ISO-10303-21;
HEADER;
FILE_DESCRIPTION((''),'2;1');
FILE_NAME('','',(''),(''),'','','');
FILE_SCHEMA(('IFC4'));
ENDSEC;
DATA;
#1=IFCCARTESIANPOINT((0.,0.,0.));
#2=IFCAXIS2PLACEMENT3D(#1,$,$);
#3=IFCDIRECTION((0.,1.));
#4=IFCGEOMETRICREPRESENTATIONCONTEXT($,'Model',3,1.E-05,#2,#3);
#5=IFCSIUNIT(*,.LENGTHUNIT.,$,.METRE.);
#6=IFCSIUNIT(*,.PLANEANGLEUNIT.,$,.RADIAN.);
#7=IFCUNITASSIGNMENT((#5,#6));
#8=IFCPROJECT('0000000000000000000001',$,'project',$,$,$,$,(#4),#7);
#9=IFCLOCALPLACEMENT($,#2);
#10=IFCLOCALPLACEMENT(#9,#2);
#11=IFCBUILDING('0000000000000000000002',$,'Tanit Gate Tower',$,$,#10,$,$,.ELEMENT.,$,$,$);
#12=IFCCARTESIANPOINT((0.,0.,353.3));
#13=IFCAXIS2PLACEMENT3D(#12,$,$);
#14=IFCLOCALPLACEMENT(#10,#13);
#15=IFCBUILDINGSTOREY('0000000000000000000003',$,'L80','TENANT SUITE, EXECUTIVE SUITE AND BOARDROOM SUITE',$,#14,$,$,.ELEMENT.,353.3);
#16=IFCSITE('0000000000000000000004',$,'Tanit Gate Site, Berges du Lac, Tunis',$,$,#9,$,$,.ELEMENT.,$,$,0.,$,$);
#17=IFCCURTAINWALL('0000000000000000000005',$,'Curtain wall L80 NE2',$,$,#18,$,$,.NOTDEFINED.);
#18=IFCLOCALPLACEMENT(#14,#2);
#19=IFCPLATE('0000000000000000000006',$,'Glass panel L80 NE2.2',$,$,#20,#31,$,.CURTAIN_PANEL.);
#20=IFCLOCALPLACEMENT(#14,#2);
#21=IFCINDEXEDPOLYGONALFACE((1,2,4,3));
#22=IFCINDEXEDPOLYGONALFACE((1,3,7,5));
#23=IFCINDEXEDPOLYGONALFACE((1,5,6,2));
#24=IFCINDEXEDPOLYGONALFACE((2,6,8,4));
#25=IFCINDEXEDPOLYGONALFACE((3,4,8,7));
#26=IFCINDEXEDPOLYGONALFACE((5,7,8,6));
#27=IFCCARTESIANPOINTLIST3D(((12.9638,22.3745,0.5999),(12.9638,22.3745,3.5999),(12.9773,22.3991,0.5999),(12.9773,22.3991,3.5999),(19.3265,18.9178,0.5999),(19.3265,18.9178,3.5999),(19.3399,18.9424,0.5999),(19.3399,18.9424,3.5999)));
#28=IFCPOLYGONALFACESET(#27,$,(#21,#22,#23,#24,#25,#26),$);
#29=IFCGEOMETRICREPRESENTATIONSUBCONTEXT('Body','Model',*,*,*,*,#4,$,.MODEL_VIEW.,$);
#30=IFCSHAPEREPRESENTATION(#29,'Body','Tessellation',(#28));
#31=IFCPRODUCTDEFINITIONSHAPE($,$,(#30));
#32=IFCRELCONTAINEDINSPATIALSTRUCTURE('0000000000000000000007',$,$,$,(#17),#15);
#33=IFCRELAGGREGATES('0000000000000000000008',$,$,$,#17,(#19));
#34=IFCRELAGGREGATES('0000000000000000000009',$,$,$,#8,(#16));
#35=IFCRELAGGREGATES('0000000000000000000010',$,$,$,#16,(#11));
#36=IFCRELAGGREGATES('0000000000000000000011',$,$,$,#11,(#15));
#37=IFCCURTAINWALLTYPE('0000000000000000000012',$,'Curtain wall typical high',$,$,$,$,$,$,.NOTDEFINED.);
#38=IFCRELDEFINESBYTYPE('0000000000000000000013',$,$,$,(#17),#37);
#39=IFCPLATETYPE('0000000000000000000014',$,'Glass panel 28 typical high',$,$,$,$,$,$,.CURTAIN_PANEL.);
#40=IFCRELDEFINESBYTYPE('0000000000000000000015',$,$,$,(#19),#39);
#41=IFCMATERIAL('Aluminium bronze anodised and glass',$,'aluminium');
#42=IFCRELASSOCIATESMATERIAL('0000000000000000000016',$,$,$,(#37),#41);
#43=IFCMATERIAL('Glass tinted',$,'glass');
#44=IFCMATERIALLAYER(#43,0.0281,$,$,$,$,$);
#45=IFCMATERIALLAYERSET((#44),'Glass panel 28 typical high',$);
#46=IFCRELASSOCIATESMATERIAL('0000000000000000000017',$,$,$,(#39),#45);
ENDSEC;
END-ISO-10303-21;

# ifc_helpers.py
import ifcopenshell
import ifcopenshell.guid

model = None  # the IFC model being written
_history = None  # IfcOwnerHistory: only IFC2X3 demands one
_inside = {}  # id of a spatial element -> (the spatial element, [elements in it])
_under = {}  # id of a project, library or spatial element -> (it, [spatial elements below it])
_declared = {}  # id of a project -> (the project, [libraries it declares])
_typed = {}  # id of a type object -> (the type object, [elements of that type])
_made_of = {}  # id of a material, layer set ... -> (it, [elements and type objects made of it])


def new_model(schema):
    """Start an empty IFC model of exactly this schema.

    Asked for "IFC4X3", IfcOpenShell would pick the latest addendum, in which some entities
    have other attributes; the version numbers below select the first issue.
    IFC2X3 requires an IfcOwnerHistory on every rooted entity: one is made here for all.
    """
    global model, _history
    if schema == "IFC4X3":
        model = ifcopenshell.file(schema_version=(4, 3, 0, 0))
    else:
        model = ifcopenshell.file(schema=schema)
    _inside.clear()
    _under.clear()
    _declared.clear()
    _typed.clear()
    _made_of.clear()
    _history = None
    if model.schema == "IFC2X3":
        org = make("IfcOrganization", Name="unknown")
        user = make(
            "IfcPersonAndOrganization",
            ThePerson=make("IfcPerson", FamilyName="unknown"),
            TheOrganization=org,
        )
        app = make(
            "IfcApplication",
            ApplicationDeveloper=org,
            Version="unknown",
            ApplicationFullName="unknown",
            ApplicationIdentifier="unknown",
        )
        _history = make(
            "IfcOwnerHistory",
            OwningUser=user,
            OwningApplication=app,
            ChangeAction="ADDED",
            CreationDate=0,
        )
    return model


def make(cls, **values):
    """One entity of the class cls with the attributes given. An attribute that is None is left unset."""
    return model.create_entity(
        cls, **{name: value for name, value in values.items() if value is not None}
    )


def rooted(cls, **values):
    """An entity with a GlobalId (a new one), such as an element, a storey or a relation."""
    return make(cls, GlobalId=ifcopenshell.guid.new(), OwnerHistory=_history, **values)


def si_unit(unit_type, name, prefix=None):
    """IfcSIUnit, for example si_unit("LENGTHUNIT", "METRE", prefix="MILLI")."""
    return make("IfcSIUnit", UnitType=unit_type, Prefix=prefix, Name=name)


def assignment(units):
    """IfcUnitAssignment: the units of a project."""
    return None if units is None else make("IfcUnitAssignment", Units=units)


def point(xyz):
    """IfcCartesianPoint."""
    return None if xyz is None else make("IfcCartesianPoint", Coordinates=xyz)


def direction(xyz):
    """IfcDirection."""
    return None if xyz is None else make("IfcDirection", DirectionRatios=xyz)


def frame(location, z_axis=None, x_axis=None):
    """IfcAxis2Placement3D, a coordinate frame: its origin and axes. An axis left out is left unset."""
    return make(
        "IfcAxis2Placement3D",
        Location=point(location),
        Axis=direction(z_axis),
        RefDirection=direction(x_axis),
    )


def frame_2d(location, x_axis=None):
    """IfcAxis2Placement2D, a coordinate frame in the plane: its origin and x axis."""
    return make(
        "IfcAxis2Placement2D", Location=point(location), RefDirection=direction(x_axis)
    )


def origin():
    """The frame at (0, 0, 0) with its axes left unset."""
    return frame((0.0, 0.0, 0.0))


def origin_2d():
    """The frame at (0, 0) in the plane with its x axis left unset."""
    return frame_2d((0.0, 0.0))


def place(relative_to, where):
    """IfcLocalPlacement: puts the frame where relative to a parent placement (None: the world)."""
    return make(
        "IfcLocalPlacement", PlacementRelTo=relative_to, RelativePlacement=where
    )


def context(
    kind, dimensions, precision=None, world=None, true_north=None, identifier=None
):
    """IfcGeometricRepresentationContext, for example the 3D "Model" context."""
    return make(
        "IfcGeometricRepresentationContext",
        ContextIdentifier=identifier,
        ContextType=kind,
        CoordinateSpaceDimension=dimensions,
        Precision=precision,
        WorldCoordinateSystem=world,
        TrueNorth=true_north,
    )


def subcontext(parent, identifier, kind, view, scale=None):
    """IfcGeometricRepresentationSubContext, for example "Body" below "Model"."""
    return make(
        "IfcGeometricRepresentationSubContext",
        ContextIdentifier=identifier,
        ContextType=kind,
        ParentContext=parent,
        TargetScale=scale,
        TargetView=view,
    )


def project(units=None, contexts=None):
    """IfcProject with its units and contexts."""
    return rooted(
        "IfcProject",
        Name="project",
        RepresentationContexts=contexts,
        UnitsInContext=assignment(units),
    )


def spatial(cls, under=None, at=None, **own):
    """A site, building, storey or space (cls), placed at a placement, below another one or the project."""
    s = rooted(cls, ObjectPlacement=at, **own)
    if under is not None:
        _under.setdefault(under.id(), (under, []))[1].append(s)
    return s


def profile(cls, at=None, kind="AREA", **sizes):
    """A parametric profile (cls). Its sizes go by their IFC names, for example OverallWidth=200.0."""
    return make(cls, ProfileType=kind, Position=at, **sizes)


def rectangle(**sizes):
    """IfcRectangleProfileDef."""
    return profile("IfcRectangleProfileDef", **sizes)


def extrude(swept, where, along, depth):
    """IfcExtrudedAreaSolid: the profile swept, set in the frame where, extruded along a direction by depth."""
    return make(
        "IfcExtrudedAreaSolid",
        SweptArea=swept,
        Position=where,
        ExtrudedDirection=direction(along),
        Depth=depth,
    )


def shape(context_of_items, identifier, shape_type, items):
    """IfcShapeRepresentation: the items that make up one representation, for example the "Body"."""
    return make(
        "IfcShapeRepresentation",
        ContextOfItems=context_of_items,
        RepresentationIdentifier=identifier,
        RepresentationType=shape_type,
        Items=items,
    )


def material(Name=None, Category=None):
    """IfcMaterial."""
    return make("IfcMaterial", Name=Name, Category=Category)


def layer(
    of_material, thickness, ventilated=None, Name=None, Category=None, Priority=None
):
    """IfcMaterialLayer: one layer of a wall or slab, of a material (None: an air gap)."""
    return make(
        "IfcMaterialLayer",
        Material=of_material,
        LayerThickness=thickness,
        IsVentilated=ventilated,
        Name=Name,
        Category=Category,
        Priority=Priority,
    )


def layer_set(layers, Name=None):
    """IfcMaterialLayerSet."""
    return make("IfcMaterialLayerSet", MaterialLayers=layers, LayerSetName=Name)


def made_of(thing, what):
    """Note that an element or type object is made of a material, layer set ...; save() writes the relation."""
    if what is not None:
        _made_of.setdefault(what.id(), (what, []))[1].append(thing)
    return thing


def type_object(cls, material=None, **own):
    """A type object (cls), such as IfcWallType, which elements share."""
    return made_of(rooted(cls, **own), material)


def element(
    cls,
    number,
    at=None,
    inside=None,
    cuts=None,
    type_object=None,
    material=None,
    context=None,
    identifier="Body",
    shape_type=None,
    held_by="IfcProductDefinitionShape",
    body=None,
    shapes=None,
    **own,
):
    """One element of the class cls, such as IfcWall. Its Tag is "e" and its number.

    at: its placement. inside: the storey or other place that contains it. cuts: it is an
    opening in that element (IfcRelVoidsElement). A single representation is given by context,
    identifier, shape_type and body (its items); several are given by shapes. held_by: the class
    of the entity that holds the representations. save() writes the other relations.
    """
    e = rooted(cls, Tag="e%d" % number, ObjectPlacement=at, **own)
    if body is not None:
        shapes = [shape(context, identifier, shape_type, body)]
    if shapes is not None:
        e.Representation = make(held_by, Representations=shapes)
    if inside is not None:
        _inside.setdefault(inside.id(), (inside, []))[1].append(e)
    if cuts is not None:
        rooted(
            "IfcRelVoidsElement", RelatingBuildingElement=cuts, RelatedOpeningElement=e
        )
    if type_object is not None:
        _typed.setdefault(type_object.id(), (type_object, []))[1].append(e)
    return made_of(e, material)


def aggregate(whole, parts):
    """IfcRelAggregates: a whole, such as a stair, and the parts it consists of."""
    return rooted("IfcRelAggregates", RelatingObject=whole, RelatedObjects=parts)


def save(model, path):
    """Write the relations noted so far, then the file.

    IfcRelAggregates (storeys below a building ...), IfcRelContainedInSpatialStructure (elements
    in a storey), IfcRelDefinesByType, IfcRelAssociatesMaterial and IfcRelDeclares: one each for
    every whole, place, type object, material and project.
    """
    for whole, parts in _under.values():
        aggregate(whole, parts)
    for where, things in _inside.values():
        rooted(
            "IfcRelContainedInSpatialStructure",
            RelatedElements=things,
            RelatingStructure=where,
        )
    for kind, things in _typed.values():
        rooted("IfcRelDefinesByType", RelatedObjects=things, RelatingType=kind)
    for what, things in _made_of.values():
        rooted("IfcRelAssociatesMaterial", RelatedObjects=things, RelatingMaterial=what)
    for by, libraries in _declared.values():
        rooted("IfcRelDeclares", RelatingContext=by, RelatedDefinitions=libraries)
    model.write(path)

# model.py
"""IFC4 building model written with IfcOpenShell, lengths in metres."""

from ifc_helpers import new_model, si_unit, direction, frame, origin, origin_2d, place, context, subcontext, project, spatial, rectangle, extrude, material, layer, layer_set, type_object, element, aggregate, save


model = new_model("IFC4")

# Units and contexts
model_context = context("Model", 3, precision=1e-05, world=origin(), true_north=direction((0.0, 1.0)))
body_context = subcontext(model_context, "Body", "Model", "MODEL_VIEW")
ifc_project = project(units=[si_unit("LENGTHUNIT", "METRE"), si_unit("PLANEANGLEUNIT", "RADIAN")], contexts=[model_context])

# Site, building, storey
site_placement = place(None, origin())
site = spatial("IfcSite", under=ifc_project, at=site_placement, Name="Tanit Gate Site, Berges du Lac, Tunis", CompositionType="ELEMENT", RefElevation=0.0)
building_placement = place(site_placement, origin())
building = spatial("IfcBuilding", under=site, at=building_placement, Name="Tanit Gate Tower", CompositionType="ELEMENT")
storey_placement = place(building_placement, frame((0.0, 0.0, 353.3)))
storey = spatial("IfcBuildingStorey", under=building, at=storey_placement, Name="L80", Description="TENANT SUITE, EXECUTIVE SUITE AND BOARDROOM SUITE", CompositionType="ELEMENT", Elevation=353.3)

# Shared definitions
ifc_material_1 = material(Name="Aluminium bronze anodised and glass", Category="aluminium")
curtain_wall_type = type_object("IfcCurtainWallType", Name="Curtain wall typical high", PredefinedType="NOTDEFINED", material=ifc_material_1)

# Curtain wall
curtain_wall_1_placement = place(storey_placement, origin())
curtain_wall_1 = element("IfcCurtainWall", 1, at=curtain_wall_1_placement, inside=storey, type_object=curtain_wall_type, Name="Curtain wall L80 NE2", PredefinedType="NOTDEFINED")

# Plate
ifc_material_2 = material(Name="Glass tinted", Category="glass")
ifc_layer = layer(ifc_material_2, 0.0281)
ifc_layer_set = layer_set([ifc_layer], Name="Glass panel 28 typical high")
plate_type = type_object("IfcPlateType", Name="Glass panel 28 typical high", PredefinedType="CURTAIN_PANEL", material=ifc_layer_set)
plate_1_placement = place(storey_placement, frame((16.1519, 20.6584, 0.5999), z_axis=(0.0, 0.0, 1.0), x_axis=(-0.878696, 0.477381, 0.0)))
plate_1 = element("IfcPlate", 2, at=plate_1_placement, type_object=plate_type, Name="Glass panel L80 NE2.2", PredefinedType="CURTAIN_PANEL", context=body_context, shape_type="SweptSolid", body=[
    extrude(rectangle(XDim=7.241, YDim=0.0281, at=origin_2d()), origin(), (0.0, 0.0, 1.0), 3.0),
])
aggregate(curtain_wall_1, [plate_1])

save(model, "model.ifc")
